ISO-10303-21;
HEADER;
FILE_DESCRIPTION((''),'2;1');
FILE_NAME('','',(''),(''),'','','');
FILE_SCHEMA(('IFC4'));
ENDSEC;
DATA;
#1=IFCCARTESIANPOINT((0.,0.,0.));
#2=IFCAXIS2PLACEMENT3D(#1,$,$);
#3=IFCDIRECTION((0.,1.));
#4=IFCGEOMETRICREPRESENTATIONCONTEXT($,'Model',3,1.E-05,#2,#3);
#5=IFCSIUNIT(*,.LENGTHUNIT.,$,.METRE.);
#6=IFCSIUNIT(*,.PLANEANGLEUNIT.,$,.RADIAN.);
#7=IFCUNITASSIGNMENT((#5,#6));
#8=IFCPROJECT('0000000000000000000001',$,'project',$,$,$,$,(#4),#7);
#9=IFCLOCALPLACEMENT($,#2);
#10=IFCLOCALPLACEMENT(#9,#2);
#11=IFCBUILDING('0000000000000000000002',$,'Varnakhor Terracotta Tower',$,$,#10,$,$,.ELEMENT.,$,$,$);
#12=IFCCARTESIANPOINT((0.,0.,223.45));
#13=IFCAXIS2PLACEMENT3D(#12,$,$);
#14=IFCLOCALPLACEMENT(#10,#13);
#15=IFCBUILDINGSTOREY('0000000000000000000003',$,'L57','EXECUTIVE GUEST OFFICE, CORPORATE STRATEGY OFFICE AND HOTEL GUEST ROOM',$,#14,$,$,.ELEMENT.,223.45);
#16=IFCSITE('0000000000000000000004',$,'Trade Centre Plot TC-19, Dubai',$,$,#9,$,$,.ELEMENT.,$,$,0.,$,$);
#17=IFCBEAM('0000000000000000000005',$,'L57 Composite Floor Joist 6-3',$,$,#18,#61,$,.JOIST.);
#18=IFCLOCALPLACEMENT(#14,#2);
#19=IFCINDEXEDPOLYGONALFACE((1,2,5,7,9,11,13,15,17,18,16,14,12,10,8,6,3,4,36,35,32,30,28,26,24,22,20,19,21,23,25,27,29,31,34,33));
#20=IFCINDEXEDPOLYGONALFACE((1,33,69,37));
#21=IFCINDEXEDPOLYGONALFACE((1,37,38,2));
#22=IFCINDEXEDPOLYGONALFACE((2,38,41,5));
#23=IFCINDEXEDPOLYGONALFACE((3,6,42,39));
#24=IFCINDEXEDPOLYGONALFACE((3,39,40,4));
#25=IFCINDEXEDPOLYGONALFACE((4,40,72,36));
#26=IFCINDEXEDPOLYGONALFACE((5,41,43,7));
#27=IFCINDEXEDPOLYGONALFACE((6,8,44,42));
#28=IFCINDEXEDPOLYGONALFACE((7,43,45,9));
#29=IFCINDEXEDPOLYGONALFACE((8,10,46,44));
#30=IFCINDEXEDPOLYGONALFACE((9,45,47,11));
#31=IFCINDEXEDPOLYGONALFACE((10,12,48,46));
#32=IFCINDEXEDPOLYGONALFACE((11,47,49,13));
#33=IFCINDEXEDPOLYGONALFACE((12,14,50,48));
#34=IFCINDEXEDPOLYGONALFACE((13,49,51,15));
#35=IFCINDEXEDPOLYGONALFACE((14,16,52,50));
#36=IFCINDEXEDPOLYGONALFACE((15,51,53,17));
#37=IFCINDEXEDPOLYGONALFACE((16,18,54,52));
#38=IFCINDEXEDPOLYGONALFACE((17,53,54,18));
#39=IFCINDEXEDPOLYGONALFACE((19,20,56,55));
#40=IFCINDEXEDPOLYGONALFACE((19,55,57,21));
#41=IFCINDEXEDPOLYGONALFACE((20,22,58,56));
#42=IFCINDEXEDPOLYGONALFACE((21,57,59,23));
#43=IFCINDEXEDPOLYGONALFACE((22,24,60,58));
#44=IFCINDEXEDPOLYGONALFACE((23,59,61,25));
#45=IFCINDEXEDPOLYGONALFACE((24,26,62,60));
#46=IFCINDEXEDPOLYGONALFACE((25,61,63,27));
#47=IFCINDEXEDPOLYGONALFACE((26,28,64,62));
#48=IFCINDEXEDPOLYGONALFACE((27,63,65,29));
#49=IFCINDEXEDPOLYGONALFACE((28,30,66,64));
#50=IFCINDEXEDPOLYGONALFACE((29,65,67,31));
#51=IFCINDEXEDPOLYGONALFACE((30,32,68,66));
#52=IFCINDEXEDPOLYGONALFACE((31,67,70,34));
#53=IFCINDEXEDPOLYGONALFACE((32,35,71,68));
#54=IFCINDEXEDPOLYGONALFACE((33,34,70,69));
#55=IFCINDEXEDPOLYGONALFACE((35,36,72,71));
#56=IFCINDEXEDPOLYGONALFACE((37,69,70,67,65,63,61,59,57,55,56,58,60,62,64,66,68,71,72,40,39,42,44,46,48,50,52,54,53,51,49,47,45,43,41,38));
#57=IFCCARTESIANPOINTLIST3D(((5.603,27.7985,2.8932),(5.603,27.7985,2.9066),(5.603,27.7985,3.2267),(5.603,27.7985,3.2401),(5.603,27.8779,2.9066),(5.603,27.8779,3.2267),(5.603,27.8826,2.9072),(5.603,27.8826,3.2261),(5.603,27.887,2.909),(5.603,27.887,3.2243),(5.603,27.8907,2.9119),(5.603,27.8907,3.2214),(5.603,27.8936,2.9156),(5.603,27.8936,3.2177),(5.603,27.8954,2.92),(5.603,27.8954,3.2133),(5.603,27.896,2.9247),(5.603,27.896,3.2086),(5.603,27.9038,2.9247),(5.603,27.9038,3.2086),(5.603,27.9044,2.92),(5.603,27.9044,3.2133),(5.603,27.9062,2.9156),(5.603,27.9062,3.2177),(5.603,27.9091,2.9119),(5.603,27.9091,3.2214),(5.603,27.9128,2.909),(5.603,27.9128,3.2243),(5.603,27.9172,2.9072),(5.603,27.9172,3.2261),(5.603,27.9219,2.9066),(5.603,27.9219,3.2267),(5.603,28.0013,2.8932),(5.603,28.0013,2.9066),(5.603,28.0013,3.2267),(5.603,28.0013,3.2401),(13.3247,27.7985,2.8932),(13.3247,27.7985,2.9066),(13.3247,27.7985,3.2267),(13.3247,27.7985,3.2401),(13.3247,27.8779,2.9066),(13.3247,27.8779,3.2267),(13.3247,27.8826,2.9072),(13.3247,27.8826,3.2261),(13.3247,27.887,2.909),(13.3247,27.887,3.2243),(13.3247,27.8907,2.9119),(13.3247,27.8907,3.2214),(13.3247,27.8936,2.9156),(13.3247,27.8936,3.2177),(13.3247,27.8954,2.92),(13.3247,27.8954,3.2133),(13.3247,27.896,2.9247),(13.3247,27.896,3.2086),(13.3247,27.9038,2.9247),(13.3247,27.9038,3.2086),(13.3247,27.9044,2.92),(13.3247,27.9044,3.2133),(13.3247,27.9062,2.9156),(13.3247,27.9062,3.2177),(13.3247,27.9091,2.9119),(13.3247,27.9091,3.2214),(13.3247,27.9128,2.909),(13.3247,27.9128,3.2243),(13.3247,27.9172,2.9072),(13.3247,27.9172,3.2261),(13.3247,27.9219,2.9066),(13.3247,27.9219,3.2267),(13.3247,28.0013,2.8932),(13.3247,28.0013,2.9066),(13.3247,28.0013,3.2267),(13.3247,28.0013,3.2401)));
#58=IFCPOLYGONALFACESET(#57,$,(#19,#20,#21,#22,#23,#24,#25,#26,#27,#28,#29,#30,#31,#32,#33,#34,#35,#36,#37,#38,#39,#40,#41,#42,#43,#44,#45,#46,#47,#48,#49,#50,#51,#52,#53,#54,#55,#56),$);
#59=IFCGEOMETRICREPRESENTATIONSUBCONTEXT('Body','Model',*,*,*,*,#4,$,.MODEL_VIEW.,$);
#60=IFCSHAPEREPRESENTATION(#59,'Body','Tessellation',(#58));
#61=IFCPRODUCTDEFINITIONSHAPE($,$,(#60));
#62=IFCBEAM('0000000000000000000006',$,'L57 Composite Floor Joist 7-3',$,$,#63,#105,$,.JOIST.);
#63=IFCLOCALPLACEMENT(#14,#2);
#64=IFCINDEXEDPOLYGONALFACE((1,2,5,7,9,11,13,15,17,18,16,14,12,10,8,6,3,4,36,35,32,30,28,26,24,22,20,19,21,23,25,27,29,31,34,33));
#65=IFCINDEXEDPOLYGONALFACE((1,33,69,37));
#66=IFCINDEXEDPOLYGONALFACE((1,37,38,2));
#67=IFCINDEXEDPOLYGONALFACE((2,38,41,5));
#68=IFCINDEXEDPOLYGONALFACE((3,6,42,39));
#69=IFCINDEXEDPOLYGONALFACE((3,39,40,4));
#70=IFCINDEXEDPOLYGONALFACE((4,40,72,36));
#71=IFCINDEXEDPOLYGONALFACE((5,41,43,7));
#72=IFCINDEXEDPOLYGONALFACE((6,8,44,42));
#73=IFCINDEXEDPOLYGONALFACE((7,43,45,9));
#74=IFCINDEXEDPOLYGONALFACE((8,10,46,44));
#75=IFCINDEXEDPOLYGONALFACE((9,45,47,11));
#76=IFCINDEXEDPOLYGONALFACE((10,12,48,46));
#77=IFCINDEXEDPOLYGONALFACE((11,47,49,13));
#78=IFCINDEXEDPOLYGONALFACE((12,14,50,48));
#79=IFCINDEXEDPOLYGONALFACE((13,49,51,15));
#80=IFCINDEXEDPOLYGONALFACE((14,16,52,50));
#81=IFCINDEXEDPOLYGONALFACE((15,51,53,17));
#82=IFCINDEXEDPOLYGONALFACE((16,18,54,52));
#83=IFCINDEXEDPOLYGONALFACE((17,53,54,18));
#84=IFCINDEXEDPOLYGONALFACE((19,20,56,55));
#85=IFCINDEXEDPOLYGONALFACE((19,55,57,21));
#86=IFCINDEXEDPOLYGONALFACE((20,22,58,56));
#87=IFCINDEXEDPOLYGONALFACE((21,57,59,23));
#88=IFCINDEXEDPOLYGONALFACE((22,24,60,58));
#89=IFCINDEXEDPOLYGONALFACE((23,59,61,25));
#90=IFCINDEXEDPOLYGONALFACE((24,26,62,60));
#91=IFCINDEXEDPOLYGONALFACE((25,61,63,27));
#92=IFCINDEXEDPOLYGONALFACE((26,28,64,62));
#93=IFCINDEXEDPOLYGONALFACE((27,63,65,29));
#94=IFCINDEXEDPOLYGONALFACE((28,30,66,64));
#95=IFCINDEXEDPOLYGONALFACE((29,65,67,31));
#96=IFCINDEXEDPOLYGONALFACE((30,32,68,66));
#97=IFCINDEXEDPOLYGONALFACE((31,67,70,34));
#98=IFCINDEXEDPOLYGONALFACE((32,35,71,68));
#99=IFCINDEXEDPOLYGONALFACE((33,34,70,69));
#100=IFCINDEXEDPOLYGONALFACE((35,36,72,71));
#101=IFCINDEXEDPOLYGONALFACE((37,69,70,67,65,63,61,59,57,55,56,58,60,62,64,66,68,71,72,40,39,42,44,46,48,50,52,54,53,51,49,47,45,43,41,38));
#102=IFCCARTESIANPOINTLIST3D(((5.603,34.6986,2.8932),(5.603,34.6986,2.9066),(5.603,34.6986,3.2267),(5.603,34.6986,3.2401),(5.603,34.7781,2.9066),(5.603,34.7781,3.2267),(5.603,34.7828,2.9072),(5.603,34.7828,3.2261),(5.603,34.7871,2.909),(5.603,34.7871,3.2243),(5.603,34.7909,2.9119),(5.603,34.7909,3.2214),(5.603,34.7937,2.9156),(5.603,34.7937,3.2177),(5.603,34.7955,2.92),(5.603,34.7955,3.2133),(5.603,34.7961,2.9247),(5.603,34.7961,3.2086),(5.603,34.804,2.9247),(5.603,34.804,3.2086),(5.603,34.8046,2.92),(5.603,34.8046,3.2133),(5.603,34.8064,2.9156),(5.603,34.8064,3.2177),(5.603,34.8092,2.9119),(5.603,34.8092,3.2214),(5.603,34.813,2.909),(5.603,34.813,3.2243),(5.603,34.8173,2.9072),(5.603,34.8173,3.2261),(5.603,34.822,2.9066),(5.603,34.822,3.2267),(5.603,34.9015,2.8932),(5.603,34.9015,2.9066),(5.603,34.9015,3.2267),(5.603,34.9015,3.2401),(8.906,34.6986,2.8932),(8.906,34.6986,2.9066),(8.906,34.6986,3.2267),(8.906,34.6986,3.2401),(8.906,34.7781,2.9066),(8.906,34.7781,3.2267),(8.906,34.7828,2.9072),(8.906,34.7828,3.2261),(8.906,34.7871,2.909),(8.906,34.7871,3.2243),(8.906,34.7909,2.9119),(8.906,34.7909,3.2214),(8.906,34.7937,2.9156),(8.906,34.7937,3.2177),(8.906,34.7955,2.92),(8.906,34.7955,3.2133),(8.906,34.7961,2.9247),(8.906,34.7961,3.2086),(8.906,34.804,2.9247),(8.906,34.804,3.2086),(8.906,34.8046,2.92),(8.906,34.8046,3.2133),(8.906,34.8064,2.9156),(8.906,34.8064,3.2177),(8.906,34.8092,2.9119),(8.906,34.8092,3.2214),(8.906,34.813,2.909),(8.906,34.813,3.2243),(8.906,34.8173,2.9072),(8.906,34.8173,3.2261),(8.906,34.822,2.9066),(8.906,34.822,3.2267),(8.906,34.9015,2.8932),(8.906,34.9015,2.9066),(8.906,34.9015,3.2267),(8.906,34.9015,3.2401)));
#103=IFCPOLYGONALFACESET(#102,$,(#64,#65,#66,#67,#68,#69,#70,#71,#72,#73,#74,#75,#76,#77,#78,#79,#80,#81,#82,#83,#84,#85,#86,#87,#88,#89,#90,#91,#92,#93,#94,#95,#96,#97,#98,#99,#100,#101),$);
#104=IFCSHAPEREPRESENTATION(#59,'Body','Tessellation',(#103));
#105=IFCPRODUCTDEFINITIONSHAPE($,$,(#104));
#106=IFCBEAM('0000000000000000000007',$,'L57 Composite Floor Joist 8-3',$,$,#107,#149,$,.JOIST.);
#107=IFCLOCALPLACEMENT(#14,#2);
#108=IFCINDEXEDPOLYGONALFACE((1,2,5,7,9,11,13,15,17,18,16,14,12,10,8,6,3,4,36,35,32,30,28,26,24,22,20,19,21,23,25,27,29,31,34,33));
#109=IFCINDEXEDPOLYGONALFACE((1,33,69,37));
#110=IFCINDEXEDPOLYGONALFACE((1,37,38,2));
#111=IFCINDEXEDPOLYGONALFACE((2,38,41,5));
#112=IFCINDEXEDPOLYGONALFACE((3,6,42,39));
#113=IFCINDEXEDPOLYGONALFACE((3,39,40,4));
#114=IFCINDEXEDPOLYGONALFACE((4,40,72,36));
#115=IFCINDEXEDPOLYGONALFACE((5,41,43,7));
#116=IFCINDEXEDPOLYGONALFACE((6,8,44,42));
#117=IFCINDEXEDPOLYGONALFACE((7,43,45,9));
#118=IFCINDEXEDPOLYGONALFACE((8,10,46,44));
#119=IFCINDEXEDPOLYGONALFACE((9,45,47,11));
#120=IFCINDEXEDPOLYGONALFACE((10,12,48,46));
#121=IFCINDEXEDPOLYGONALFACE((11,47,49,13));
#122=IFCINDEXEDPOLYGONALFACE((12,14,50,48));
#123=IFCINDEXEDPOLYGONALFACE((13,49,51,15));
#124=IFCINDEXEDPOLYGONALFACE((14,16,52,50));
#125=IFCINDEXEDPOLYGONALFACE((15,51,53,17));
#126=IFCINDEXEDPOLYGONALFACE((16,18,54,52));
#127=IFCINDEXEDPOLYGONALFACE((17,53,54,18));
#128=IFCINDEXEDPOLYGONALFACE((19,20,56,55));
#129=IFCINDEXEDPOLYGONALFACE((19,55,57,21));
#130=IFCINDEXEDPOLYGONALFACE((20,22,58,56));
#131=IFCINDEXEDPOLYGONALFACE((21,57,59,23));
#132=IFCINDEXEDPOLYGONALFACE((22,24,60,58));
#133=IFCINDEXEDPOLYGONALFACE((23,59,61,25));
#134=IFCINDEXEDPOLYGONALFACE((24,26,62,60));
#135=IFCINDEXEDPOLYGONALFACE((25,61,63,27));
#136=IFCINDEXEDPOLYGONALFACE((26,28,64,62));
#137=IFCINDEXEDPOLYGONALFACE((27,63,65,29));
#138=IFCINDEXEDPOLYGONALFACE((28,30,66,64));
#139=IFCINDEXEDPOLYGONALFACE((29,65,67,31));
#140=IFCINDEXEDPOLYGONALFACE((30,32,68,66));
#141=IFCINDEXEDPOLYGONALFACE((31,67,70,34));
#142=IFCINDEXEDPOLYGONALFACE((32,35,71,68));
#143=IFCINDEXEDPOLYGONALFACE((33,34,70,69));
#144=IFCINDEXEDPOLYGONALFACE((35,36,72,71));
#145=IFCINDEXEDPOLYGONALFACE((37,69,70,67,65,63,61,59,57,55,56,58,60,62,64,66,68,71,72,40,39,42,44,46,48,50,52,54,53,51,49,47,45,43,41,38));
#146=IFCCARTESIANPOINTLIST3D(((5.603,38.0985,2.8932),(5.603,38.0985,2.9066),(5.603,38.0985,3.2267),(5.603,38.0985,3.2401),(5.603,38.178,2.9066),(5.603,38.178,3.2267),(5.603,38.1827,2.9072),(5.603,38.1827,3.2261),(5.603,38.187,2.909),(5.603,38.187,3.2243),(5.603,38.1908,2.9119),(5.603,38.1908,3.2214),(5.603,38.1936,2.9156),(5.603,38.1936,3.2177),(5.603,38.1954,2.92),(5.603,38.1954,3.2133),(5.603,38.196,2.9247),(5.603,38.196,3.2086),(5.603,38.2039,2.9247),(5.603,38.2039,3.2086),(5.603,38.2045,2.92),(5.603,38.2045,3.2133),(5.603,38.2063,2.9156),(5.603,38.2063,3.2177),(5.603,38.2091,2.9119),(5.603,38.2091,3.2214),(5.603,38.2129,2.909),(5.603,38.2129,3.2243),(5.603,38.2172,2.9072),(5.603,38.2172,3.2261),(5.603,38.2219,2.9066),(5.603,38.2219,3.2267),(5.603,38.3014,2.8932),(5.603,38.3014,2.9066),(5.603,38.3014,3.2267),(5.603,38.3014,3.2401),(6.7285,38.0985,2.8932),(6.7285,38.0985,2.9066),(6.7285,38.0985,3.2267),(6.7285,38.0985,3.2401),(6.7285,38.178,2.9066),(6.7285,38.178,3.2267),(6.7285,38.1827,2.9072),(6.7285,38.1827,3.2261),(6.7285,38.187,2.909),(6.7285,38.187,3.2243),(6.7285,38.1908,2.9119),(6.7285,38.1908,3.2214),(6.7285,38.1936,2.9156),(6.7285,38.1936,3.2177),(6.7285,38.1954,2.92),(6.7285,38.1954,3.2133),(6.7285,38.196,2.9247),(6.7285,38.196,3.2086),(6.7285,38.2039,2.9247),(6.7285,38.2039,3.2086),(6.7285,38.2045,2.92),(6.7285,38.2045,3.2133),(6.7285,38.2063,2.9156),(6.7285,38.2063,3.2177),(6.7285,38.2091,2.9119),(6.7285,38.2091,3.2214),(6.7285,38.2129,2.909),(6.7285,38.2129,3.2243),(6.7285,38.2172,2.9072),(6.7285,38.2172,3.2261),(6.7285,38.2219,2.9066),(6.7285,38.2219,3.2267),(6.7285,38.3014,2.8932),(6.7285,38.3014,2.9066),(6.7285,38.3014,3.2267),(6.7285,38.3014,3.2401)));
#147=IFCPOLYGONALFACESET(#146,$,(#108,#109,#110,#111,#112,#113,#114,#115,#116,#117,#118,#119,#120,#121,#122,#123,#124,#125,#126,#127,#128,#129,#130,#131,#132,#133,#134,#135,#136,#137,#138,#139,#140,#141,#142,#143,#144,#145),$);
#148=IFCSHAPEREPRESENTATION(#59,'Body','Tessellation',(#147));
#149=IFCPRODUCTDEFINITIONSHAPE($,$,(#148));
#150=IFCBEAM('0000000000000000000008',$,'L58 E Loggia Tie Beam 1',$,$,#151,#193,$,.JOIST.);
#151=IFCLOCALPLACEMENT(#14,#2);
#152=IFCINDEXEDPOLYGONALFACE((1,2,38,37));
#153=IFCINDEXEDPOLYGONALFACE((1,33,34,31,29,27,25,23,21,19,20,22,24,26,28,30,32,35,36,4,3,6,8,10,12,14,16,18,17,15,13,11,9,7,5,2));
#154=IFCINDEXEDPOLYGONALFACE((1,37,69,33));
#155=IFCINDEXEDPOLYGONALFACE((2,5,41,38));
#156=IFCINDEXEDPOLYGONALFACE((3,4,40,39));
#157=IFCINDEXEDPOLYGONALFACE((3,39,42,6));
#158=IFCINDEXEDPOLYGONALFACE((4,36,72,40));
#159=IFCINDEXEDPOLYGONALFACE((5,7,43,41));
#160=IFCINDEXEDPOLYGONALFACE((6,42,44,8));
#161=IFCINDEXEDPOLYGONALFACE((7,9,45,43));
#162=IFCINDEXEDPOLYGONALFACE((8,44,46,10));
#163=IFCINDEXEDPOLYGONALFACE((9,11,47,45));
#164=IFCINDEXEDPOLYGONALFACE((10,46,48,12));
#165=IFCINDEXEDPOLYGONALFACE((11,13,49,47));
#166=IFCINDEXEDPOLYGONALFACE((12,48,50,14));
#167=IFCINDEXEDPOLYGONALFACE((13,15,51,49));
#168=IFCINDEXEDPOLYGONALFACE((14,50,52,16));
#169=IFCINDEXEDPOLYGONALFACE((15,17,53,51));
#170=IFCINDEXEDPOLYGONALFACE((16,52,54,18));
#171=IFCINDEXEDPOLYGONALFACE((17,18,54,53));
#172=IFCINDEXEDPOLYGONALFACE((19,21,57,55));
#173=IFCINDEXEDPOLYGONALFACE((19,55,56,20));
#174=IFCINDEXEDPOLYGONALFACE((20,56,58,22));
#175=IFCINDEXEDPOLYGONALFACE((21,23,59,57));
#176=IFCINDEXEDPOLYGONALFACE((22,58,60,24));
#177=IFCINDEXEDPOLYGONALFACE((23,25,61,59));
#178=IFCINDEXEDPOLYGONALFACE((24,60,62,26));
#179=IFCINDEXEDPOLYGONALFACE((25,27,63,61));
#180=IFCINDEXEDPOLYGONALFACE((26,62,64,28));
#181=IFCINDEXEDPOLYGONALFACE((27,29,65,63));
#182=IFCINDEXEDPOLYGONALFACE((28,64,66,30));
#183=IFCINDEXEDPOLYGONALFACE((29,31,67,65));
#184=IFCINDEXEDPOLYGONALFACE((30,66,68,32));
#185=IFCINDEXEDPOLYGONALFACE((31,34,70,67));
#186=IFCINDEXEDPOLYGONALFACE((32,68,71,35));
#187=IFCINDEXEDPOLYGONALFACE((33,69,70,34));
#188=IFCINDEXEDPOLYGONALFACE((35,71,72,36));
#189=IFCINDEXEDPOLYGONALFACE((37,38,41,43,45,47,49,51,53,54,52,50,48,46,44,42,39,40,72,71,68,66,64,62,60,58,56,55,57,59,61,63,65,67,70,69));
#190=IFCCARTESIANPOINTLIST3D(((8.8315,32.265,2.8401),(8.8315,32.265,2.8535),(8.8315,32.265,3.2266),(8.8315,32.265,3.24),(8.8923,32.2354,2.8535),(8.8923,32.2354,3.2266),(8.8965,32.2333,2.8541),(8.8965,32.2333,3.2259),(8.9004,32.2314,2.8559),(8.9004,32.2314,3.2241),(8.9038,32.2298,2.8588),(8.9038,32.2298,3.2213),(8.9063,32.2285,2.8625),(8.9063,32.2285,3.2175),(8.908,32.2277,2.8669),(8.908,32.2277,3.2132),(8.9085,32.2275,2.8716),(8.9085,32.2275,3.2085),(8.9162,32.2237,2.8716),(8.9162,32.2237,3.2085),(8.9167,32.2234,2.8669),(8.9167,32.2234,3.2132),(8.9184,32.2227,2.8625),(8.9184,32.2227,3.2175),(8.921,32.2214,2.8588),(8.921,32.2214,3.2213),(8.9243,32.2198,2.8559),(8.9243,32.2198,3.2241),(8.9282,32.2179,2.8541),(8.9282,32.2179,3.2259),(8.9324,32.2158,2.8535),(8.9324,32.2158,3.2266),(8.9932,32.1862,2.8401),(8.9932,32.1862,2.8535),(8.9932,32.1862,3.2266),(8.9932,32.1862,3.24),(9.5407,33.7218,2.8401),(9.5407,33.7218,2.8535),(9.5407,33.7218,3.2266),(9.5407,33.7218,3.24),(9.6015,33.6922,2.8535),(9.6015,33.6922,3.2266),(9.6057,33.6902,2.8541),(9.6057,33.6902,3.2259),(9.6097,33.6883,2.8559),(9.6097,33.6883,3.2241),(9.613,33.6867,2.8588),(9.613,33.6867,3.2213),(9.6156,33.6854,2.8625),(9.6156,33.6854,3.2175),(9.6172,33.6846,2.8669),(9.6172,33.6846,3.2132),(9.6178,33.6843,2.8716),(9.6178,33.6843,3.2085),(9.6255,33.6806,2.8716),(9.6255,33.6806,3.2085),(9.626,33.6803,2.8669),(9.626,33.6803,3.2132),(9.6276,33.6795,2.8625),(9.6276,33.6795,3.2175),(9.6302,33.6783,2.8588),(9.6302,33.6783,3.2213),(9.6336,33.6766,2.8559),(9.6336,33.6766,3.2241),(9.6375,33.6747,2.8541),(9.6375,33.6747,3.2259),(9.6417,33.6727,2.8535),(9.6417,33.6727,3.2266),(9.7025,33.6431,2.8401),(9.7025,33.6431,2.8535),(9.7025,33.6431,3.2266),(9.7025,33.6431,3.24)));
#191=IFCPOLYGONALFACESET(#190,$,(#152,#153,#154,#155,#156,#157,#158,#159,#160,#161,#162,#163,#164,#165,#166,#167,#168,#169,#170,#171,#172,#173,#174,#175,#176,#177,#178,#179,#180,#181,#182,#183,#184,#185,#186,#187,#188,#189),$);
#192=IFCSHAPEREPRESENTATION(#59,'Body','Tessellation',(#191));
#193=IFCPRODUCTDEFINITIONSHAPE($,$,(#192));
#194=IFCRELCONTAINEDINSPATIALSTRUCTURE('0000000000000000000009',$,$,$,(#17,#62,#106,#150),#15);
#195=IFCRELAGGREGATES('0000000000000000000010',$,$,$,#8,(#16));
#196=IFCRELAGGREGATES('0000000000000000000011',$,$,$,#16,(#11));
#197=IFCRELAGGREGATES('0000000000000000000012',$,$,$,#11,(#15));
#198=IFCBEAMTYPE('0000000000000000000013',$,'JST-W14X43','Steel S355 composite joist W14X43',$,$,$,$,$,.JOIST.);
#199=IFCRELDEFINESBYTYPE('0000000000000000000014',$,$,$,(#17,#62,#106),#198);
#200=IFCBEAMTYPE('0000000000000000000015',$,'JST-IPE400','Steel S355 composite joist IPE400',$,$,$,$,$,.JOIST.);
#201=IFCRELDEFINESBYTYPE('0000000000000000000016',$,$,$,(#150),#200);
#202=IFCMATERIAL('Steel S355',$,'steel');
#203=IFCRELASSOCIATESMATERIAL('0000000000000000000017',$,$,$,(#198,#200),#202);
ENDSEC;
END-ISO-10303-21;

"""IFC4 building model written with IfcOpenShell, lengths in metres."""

from ifc_helpers import new_model, si_unit, direction, frame, origin, origin_2d, place, context, subcontext, project, spatial, i_section, extrude, source, transform, mapped, material, material_profile, profile_set, type_object, element, save


model = new_model("IFC4")

# Units and contexts
model_context = context("Model", 3, precision=1e-05, world=origin(), true_north=direction((0.0, 1.0)))
body_context = subcontext(model_context, "Body", "Model", "MODEL_VIEW")
ifc_project = project(units=[si_unit("LENGTHUNIT", "METRE"), si_unit("PLANEANGLEUNIT", "RADIAN")], contexts=[model_context])

# Site, building, storey
site_placement = place(None, origin())
site = spatial("IfcSite", under=ifc_project, at=site_placement, Name="Trade Centre Plot TC-19, Dubai", CompositionType="ELEMENT", RefElevation=0.0)
building_placement = place(site_placement, origin())
building = spatial("IfcBuilding", under=site, at=building_placement, Name="Varnakhor Terracotta Tower", CompositionType="ELEMENT")
storey_placement = place(building_placement, frame((0.0, 0.0, 223.45)))
storey = spatial("IfcBuildingStorey", under=building, at=storey_placement, Name="L57", Description="EXECUTIVE GUEST OFFICE, CORPORATE STRATEGY OFFICE AND HOTEL GUEST ROOM", CompositionType="ELEMENT", Elevation=223.45)

# Beams
ifc_material_1 = material(Name="Steel S355", Category="steel")
ifc_material_profile_1 = material_profile(ifc_material_1, i_section(OverallWidth=0.2029, OverallDepth=0.3469, WebThickness=0.0078, FlangeThickness=0.0134, FilletRadius=0.0181, at=origin_2d()), Name="W14X43")
ifc_profile_set_1 = profile_set([ifc_material_profile_1], Name="Steel S355")
beam_type_1 = type_object("IfcBeamType", Name="JST-W14X43", Description="Steel S355 composite joist W14X43", PredefinedType="JOIST", material=ifc_profile_set_1)
shared_shape_1 = source(origin(), body_context, "Body", "SweptSolid", [
    extrude(i_section(OverallWidth=0.2029, OverallDepth=0.3469, WebThickness=0.0078, FlangeThickness=0.0134, FilletRadius=0.0181, at=origin_2d()), origin(), (0.0, 0.0, 1.0), 7.7217),
])
beam_1_placement = place(storey_placement, frame((5.603, 27.8999, 3.0667), z_axis=(1.0, 0.0, 0.0), x_axis=(0.0, 1.0, 0.0)))
element("IfcBeam", 1, at=beam_1_placement, inside=storey, type_object=beam_type_1, Name="L57 Composite Floor Joist 6-3", PredefinedType="JOIST", context=body_context, shape_type="MappedRepresentation", body=[
    mapped(shared_shape_1, transform((0.0, 0.0, 0.0), scale=1.0)),
])
shared_shape_2 = source(origin(), body_context, "Body", "SweptSolid", [
    extrude(i_section(OverallWidth=0.2029, OverallDepth=0.3469, WebThickness=0.0078, FlangeThickness=0.0134, FilletRadius=0.0181, at=origin_2d()), origin(), (0.0, 0.0, 1.0), 3.303),
])
beam_2_placement = place(storey_placement, frame((5.603, 34.8, 3.0667), z_axis=(1.0, 0.0, 0.0), x_axis=(0.0, 1.0, 0.0)))
element("IfcBeam", 2, at=beam_2_placement, inside=storey, type_object=beam_type_1, Name="L57 Composite Floor Joist 7-3", PredefinedType="JOIST", context=body_context, shape_type="MappedRepresentation", body=[
    mapped(shared_shape_2, transform((0.0, 0.0, 0.0), scale=1.0)),
])
shared_shape_3 = source(origin(), body_context, "Body", "SweptSolid", [
    extrude(i_section(OverallWidth=0.2029, OverallDepth=0.3469, WebThickness=0.0078, FlangeThickness=0.0134, FilletRadius=0.0181, at=origin_2d()), origin(), (0.0, 0.0, 1.0), 1.1255),
])
beam_3_placement = place(storey_placement, frame((5.603, 38.2, 3.0667), z_axis=(1.0, 0.0, 0.0), x_axis=(0.0, 1.0, 0.0)))
element("IfcBeam", 3, at=beam_3_placement, inside=storey, type_object=beam_type_1, Name="L57 Composite Floor Joist 8-3", PredefinedType="JOIST", context=body_context, shape_type="MappedRepresentation", body=[
    mapped(shared_shape_3, transform((0.0, 0.0, 0.0), scale=1.0)),
])
ifc_material_profile_2 = material_profile(ifc_material_1, i_section(OverallWidth=0.1799, OverallDepth=0.3999, WebThickness=0.0085, FlangeThickness=0.0134, FilletRadius=0.0181, at=origin_2d()), Name="IPE400")
ifc_profile_set_2 = profile_set([ifc_material_profile_2], Name="Steel S355")
beam_type_2 = type_object("IfcBeamType", Name="JST-IPE400", Description="Steel S355 composite joist IPE400", PredefinedType="JOIST", material=ifc_profile_set_2)
shared_shape_4 = source(origin(), body_context, "Body", "SweptSolid", [
    extrude(i_section(OverallWidth=0.1799, OverallDepth=0.3999, WebThickness=0.0085, FlangeThickness=0.0134, FilletRadius=0.0181, at=origin_2d()), origin(), (0.0, 0.0, 1.0), 1.6204),
])
beam_4_placement = place(storey_placement, frame((8.9124, 32.2256, 3.04), z_axis=(0.437726, 0.899108, 0.0), x_axis=(-0.899108, 0.437726, 0.0)))
element("IfcBeam", 4, at=beam_4_placement, inside=storey, type_object=beam_type_2, Name="L58 E Loggia Tie Beam 1", PredefinedType="JOIST", context=body_context, shape_type="MappedRepresentation", body=[
    mapped(shared_shape_4, transform((0.0, 0.0, 0.0), scale=1.0)),
])

save(model, "model.ifc")
